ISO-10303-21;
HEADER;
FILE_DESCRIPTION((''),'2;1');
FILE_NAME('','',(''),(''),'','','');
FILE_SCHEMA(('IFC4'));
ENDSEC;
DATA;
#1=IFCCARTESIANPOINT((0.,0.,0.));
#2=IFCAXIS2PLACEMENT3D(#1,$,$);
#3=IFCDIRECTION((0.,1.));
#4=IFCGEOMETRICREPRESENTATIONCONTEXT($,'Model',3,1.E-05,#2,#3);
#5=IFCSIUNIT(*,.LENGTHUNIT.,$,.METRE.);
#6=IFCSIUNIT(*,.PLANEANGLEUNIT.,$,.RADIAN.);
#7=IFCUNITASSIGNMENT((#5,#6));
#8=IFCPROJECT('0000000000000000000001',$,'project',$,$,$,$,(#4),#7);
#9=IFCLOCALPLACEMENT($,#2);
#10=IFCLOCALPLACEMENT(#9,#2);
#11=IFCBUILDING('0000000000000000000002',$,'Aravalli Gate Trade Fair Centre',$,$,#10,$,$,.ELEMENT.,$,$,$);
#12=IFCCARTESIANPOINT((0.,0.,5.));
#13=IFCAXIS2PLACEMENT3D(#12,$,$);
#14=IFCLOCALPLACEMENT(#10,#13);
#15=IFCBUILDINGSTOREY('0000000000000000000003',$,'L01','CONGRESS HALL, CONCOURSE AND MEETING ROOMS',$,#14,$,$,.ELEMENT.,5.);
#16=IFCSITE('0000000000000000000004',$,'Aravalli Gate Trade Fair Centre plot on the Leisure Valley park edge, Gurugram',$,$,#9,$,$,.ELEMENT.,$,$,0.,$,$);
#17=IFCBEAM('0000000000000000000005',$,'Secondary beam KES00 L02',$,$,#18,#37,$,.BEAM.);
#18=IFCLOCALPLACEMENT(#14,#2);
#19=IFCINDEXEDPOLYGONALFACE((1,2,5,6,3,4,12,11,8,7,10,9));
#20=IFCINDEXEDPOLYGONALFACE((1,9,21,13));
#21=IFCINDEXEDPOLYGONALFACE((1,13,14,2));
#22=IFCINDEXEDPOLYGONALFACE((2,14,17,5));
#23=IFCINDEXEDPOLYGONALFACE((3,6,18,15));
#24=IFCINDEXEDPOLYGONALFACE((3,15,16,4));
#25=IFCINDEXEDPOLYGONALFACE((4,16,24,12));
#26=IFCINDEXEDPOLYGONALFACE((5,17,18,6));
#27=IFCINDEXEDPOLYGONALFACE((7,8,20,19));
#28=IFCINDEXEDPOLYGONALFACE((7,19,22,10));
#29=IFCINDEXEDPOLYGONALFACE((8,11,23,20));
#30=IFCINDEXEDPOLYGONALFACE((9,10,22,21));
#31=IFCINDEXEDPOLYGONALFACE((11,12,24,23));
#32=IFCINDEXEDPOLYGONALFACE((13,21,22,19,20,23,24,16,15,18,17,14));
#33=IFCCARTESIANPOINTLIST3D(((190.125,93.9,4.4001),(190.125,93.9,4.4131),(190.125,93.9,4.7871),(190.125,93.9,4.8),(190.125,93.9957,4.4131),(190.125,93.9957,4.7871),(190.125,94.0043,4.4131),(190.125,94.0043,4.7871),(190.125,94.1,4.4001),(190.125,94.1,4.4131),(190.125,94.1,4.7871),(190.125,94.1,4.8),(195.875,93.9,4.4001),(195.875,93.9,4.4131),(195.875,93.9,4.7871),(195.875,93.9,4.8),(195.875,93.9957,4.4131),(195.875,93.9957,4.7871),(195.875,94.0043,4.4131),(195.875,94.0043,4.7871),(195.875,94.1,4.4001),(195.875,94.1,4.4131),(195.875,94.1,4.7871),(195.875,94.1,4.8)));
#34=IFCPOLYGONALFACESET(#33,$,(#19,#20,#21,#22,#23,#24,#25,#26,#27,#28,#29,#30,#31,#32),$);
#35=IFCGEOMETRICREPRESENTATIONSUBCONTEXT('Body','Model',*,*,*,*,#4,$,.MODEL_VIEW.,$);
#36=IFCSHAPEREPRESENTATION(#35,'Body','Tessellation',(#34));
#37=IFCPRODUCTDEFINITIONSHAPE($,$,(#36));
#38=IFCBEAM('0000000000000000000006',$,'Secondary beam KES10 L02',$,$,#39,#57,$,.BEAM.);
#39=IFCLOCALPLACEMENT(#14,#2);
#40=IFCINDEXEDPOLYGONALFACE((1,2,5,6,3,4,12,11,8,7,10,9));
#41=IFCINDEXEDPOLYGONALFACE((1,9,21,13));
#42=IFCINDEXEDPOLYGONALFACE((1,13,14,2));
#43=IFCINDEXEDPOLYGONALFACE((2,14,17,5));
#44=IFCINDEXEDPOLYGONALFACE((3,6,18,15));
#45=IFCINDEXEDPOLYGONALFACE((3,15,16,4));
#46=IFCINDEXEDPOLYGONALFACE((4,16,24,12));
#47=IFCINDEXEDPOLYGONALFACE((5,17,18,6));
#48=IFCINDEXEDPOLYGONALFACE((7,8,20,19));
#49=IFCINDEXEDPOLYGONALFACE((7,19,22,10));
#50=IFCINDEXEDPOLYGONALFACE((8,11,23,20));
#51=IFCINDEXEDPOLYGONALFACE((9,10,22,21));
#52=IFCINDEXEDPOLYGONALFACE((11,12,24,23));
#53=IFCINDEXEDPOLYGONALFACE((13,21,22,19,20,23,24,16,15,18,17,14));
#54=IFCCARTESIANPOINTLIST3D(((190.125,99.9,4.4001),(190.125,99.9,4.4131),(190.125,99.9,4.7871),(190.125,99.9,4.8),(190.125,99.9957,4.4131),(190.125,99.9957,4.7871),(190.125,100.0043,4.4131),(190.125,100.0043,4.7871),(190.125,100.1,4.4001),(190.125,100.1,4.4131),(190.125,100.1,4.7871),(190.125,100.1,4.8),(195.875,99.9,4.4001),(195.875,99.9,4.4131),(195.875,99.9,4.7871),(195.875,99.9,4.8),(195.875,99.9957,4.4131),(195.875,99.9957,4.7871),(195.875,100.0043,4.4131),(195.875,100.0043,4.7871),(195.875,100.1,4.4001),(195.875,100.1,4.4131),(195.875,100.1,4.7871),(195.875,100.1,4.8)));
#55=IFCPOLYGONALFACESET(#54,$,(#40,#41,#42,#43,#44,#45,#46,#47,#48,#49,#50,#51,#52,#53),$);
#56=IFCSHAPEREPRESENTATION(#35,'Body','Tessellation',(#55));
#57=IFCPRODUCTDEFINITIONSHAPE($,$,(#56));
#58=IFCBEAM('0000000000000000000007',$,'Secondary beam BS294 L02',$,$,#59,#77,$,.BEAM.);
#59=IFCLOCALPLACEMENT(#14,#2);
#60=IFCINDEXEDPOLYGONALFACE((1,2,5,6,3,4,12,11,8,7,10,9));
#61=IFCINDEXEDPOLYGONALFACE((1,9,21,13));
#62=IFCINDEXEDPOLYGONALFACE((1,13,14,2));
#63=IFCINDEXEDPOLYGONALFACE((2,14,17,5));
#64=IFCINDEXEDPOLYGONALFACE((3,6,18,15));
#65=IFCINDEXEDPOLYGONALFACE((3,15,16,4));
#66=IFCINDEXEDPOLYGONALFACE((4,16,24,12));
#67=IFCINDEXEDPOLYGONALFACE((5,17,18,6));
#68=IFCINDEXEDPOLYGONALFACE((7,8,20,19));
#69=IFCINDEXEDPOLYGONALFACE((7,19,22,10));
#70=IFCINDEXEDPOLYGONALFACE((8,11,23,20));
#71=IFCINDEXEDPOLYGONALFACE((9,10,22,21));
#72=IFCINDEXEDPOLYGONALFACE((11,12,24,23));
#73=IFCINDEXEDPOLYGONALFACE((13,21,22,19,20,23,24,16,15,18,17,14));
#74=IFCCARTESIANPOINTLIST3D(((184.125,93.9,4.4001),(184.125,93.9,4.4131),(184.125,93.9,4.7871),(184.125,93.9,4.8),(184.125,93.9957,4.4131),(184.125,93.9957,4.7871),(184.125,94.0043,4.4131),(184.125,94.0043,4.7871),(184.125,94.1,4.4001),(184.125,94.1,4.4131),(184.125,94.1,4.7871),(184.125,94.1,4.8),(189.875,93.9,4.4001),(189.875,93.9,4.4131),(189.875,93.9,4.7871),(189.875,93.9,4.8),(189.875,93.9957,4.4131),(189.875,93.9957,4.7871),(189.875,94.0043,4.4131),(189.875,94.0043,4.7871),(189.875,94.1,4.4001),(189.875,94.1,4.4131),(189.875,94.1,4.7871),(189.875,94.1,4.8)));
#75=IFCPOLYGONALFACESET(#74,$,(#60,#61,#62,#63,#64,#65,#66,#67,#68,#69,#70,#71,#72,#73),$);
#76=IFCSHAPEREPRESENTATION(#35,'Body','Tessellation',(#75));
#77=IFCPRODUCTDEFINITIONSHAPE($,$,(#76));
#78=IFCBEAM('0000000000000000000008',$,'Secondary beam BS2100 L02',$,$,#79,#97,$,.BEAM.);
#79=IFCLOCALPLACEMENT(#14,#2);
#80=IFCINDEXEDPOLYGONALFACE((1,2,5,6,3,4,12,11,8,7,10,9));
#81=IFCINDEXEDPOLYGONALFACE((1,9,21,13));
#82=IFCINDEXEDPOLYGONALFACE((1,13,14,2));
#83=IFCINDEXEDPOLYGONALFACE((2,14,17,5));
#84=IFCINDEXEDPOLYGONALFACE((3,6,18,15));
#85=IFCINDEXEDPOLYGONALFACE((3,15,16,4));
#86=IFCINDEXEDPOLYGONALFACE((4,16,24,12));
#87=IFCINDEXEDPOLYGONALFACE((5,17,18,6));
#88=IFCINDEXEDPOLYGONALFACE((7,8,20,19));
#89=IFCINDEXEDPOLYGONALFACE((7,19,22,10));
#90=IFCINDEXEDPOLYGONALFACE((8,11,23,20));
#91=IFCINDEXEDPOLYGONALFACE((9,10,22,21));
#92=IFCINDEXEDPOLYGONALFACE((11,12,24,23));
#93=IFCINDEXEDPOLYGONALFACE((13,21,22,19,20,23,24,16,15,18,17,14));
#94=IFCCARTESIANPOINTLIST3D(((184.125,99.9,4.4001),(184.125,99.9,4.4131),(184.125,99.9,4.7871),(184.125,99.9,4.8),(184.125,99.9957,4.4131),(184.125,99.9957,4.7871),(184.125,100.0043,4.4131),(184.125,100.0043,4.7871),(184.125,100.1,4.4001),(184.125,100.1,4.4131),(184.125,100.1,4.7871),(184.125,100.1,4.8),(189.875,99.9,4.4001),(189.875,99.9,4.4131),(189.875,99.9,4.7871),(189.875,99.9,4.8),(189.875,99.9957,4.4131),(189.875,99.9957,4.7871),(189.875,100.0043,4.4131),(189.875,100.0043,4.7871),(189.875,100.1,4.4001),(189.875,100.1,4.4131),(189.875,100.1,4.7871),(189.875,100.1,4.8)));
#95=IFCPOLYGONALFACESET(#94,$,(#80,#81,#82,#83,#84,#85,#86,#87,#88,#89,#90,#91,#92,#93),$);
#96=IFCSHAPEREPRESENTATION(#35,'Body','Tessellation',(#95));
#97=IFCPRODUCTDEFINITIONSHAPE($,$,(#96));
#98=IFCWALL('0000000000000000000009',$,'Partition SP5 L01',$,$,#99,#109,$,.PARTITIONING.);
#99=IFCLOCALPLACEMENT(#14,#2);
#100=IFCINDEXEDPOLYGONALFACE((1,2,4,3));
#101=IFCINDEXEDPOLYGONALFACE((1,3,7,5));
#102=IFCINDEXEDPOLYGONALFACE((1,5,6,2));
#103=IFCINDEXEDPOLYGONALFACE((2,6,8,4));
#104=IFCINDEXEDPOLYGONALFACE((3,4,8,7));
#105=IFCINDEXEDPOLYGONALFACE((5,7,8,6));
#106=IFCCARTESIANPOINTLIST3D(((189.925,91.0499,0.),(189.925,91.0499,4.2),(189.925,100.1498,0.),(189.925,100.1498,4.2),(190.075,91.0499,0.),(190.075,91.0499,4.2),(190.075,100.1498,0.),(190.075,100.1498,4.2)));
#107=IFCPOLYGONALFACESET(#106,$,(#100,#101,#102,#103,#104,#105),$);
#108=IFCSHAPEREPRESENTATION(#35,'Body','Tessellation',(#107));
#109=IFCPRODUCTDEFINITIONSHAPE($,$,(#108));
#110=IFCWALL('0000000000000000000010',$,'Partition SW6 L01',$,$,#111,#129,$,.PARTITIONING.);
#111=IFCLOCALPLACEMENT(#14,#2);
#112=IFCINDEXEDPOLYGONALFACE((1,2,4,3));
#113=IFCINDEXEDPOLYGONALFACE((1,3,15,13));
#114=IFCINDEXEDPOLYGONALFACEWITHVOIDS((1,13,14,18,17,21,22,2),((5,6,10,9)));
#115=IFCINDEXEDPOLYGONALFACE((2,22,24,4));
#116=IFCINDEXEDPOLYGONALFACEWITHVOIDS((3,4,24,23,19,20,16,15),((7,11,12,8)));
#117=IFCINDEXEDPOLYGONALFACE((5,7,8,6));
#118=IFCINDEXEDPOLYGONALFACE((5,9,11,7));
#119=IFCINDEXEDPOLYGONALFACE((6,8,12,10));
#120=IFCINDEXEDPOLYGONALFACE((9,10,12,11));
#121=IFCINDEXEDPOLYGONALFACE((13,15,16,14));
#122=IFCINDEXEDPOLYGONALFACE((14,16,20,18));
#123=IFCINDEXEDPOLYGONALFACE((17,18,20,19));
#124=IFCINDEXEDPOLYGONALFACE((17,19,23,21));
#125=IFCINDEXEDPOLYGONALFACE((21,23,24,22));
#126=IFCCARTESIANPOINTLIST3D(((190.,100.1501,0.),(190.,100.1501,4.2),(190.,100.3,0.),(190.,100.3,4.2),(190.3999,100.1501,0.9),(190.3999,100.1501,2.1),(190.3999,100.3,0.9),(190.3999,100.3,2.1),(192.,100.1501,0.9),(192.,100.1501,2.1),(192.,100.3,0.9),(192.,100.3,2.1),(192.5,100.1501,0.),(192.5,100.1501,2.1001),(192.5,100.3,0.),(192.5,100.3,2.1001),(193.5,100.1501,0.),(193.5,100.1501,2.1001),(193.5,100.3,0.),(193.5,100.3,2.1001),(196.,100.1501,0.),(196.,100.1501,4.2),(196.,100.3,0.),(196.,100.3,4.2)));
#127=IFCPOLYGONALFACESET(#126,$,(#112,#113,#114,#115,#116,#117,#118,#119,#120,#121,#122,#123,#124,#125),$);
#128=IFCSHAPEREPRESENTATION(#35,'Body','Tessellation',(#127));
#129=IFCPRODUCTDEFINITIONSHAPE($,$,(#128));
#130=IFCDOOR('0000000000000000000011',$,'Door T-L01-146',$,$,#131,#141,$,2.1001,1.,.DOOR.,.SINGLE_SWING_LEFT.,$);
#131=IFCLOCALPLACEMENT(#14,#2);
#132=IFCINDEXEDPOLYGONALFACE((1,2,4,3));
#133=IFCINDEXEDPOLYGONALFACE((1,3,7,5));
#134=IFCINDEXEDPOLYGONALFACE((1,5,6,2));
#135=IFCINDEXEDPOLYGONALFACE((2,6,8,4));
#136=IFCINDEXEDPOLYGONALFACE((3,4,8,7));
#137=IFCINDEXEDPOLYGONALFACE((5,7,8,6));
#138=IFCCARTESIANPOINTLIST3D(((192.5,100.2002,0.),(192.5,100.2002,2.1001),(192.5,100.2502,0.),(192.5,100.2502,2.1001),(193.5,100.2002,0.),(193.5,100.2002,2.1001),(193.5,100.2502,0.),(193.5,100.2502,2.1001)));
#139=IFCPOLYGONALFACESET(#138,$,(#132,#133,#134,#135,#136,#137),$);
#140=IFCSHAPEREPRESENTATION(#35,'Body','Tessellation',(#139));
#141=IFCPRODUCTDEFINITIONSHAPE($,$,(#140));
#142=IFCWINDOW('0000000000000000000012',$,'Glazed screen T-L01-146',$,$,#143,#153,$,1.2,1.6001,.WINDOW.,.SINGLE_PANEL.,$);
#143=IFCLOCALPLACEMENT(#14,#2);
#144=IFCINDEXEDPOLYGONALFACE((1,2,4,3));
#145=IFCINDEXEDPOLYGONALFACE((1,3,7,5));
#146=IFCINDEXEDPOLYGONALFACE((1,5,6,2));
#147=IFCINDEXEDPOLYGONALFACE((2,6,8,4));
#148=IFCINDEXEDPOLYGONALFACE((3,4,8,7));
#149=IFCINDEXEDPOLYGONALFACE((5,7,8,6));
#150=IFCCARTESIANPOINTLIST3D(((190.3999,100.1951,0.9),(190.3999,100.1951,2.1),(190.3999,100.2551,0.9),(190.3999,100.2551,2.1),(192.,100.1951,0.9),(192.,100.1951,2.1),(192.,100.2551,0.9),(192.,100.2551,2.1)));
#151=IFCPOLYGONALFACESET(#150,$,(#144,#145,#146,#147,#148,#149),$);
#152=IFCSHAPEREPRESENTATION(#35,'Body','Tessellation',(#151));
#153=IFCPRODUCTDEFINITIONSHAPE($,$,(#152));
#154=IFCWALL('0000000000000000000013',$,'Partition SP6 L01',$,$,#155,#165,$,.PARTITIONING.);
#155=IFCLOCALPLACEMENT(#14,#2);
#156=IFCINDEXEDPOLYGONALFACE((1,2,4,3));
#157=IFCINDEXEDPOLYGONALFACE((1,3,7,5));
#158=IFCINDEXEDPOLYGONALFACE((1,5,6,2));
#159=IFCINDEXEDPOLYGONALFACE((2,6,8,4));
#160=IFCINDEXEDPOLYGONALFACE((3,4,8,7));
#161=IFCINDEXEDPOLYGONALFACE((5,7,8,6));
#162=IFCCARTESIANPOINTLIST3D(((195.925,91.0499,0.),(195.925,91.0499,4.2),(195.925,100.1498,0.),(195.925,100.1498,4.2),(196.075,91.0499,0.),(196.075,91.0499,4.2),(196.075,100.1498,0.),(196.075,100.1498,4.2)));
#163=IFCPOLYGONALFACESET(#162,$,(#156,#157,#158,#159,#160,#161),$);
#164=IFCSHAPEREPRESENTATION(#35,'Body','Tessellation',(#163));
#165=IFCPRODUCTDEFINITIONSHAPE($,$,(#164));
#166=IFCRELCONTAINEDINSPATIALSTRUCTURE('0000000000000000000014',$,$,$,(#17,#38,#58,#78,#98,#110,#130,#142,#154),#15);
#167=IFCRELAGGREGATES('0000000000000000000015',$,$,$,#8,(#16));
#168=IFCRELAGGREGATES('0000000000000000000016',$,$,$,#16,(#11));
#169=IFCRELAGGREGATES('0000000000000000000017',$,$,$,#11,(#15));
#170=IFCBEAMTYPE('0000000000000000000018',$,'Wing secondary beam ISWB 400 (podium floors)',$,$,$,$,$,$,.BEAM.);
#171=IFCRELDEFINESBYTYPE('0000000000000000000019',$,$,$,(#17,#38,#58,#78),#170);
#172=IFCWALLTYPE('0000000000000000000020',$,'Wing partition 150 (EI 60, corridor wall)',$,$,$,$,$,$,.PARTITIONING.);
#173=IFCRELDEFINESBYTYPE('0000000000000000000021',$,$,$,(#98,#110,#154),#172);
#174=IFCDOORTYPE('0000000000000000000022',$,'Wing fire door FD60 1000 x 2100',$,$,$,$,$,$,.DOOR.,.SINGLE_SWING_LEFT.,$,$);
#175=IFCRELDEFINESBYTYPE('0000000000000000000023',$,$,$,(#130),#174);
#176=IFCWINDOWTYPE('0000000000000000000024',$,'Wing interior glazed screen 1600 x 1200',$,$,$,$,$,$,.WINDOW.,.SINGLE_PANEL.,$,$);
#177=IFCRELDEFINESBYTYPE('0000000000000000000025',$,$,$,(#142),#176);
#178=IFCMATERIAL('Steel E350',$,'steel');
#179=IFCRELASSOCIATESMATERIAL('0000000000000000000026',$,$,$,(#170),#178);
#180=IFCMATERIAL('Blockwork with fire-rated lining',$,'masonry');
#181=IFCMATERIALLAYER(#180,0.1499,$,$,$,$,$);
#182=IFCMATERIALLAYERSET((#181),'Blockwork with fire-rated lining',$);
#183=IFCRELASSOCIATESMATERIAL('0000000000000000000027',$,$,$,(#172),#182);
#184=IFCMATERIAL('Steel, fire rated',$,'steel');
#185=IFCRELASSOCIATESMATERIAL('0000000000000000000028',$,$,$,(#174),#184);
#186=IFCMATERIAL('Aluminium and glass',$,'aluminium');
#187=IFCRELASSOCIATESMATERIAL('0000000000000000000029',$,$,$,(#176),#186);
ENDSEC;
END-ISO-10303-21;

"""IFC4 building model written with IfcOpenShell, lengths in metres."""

from ifc_helpers import new_model, si_unit, direction, frame, frame_2d, origin, origin_2d, place, context, subcontext, project, spatial, rectangle, i_section, extrude, material, layer, layer_set, material_profile, profile_set, type_object, element, fill, save


model = new_model("IFC4")

# Units and contexts
model_context = context("Model", 3, precision=1e-05, world=origin(), true_north=direction((0.0, 1.0)))
body_context = subcontext(model_context, "Body", "Model", "MODEL_VIEW")
ifc_project = project(units=[si_unit("LENGTHUNIT", "METRE"), si_unit("PLANEANGLEUNIT", "RADIAN")], contexts=[model_context])

# Site, building, storey
site_placement = place(None, origin())
site = spatial("IfcSite", under=ifc_project, at=site_placement, Name="Aravalli Gate Trade Fair Centre plot on the Leisure Valley park edge, Gurugram", CompositionType="ELEMENT", RefElevation=0.0)
building_placement = place(site_placement, origin())
building = spatial("IfcBuilding", under=site, at=building_placement, Name="Aravalli Gate Trade Fair Centre", CompositionType="ELEMENT")
storey_placement = place(building_placement, frame((0.0, 0.0, 5.0)))
storey = spatial("IfcBuildingStorey", under=building, at=storey_placement, Name="L01", Description="CONGRESS HALL, CONCOURSE AND MEETING ROOMS", CompositionType="ELEMENT", Elevation=5.0)

# Shared definitions
ifc_material_1 = material(Name="Steel E350", Category="steel")

# Beams
ifc_material_profile_1 = material_profile(ifc_material_1, i_section(OverallWidth=0.2, OverallDepth=0.3999, WebThickness=0.0085, FlangeThickness=0.0129, at=origin_2d()), Name="ISWB 400")
ifc_profile_set_1 = profile_set([ifc_material_profile_1], Name="Steel E350")
beam_type_1 = type_object("IfcBeamType", Name="Wing secondary beam ISWB 400 (podium floors)", PredefinedType="BEAM", material=ifc_profile_set_1)
for number, where, z_axis, x_axis, name in (
    (1, (190.125, 94.0, 4.6001), (1.0, 0.0, 0.0), (0.0, 1.0, 0.0), "Secondary beam KES00 L02"),
    (2, (190.125, 100.0, 4.6001), (1.0, 0.0, 0.0), (0.0, 1.0, 0.0), "Secondary beam KES10 L02"),
    (3, (184.125, 94.0, 4.6001), (1.0, 0.0, 0.0), (0.0, 1.0, 0.0), "Secondary beam BS294 L02"),
    (4, (184.125, 100.0, 4.6001), (1.0, 0.0, 0.0), (0.0, 1.0, 0.0), "Secondary beam BS2100 L02"),
):
    element("IfcBeam", number, at=place(storey_placement, frame(where, z_axis=z_axis, x_axis=x_axis)), inside=storey, type_object=beam_type_1, Name=name, PredefinedType="BEAM", context=body_context, shape_type="SweptSolid", body=[
        extrude(i_section(OverallWidth=0.2, OverallDepth=0.3999, WebThickness=0.0085, FlangeThickness=0.0129, at=origin_2d()), origin(), (0.0, 0.0, 1.0), 5.75),
    ])

# Wall
ifc_material_2 = material(Name="Blockwork with fire-rated lining", Category="masonry")
ifc_layer = layer(ifc_material_2, 0.1499)
ifc_layer_set = layer_set([ifc_layer], Name="Blockwork with fire-rated lining")
wall_type = type_object("IfcWallType", Name="Wing partition 150 (EI 60, corridor wall)", PredefinedType="PARTITIONING", material=ifc_layer_set)
wall_1_placement = place(storey_placement, frame((190.0, 91.05, 0.0), z_axis=(0.0, 0.0, 1.0), x_axis=(0.0, 1.0, 0.0)))
element("IfcWall", 5, at=wall_1_placement, inside=storey, type_object=wall_type, Name="Partition SP5 L01", PredefinedType="PARTITIONING", context=body_context, shape_type="SweptSolid", body=[
    extrude(rectangle(XDim=9.0999, YDim=0.1499, at=frame_2d((4.5498, 0.0))), origin(), (0.0, 0.0, 1.0), 4.2),
])

# Wall, openings, door, window
wall_2_placement = place(storey_placement, frame((190.0, 100.2251, 0.0), z_axis=(0.0, 0.0, 1.0), x_axis=(1.0, 0.0, 0.0)))
wall_2 = element("IfcWall", 6, at=wall_2_placement, inside=storey, type_object=wall_type, Name="Partition SW6 L01", PredefinedType="PARTITIONING", context=body_context, shape_type="SweptSolid", body=[
    extrude(rectangle(XDim=6.0, YDim=0.1499, at=frame_2d((3.0, 0.0))), origin(), (0.0, 0.0, 1.0), 4.2),
])
opening_1_placement = place(wall_2_placement, frame((0.3999, 0.0, 0.8999)))
opening_1 = element("IfcOpeningElement", 7, at=opening_1_placement, cuts=wall_2, PredefinedType="OPENING", context=body_context, shape_type="SweptSolid", body=[
    extrude(rectangle(XDim=1.6001, YDim=1.2, at=frame_2d((0.8, 0.6001))), frame((0.0, 0.085, 0.0), z_axis=(0.0, -1.0, 0.0), x_axis=(1.0, 0.0, 0.0)), (0.0, 0.0, 1.0), 0.1699),
])
opening_2_placement = place(wall_2_placement, frame((2.5, 0.0, 0.0)))
opening_2 = element("IfcOpeningElement", 8, at=opening_2_placement, cuts=wall_2, PredefinedType="OPENING", context=body_context, shape_type="SweptSolid", body=[
    extrude(rectangle(XDim=1.0, YDim=2.1001, at=frame_2d((0.5, 1.05))), frame((0.0, 0.085, 0.0), z_axis=(0.0, -1.0, 0.0), x_axis=(1.0, 0.0, 0.0)), (0.0, 0.0, 1.0), 0.1699),
])
ifc_material_3 = material(Name="Steel, fire rated", Category="steel")
door_type = type_object("IfcDoorType", Name="Wing fire door FD60 1000 x 2100", OperationType="SINGLE_SWING_LEFT", PredefinedType="DOOR", material=ifc_material_3)
door_1_placement = place(opening_2_placement, frame((1.0, 0.0, 0.0), z_axis=(0.0, 0.0, 1.0), x_axis=(-1.0, 0.0, 0.0)))
door_1 = element("IfcDoor", 9, at=door_1_placement, inside=storey, type_object=door_type, Name="Door T-L01-146", OperationType="SINGLE_SWING_LEFT", OverallHeight=2.1001, OverallWidth=1.0, PredefinedType="DOOR", context=body_context, shape_type="SweptSolid", body=[
    extrude(rectangle(XDim=1.0, YDim=2.1001, at=frame_2d((0.5, 1.05))), frame((0.0, 0.0249, 0.0), z_axis=(0.0, -1.0, 0.0), x_axis=(1.0, 0.0, 0.0)), (0.0, 0.0, 1.0), 0.05),
])
fill(opening_2, door_1)
ifc_material_4 = material(Name="Aluminium and glass", Category="aluminium")
window_type = type_object("IfcWindowType", Name="Wing interior glazed screen 1600 x 1200", PartitioningType="SINGLE_PANEL", PredefinedType="WINDOW", material=ifc_material_4)
window_1_placement = place(opening_1_placement, origin())
window_1 = element("IfcWindow", 10, at=window_1_placement, inside=storey, type_object=window_type, Name="Glazed screen T-L01-146", OverallHeight=1.2, OverallWidth=1.6001, PartitioningType="SINGLE_PANEL", PredefinedType="WINDOW", context=body_context, shape_type="SweptSolid", body=[
    extrude(rectangle(XDim=1.6001, YDim=1.2, at=frame_2d((0.8, 0.6001))), frame((0.0, 0.03, 0.0), z_axis=(0.0, -1.0, 0.0), x_axis=(1.0, 0.0, 0.0)), (0.0, 0.0, 1.0), 0.0601),
])
fill(opening_1, window_1)

# Wall
wall_3_placement = place(storey_placement, frame((196.0, 91.05, 0.0), z_axis=(0.0, 0.0, 1.0), x_axis=(0.0, 1.0, 0.0)))
element("IfcWall", 11, at=wall_3_placement, inside=storey, type_object=wall_type, Name="Partition SP6 L01", PredefinedType="PARTITIONING", context=body_context, shape_type="SweptSolid", body=[
    extrude(rectangle(XDim=9.0999, YDim=0.1499, at=frame_2d((4.5498, 0.0))), origin(), (0.0, 0.0, 1.0), 4.2),
])

save(model, "model.ifc")
